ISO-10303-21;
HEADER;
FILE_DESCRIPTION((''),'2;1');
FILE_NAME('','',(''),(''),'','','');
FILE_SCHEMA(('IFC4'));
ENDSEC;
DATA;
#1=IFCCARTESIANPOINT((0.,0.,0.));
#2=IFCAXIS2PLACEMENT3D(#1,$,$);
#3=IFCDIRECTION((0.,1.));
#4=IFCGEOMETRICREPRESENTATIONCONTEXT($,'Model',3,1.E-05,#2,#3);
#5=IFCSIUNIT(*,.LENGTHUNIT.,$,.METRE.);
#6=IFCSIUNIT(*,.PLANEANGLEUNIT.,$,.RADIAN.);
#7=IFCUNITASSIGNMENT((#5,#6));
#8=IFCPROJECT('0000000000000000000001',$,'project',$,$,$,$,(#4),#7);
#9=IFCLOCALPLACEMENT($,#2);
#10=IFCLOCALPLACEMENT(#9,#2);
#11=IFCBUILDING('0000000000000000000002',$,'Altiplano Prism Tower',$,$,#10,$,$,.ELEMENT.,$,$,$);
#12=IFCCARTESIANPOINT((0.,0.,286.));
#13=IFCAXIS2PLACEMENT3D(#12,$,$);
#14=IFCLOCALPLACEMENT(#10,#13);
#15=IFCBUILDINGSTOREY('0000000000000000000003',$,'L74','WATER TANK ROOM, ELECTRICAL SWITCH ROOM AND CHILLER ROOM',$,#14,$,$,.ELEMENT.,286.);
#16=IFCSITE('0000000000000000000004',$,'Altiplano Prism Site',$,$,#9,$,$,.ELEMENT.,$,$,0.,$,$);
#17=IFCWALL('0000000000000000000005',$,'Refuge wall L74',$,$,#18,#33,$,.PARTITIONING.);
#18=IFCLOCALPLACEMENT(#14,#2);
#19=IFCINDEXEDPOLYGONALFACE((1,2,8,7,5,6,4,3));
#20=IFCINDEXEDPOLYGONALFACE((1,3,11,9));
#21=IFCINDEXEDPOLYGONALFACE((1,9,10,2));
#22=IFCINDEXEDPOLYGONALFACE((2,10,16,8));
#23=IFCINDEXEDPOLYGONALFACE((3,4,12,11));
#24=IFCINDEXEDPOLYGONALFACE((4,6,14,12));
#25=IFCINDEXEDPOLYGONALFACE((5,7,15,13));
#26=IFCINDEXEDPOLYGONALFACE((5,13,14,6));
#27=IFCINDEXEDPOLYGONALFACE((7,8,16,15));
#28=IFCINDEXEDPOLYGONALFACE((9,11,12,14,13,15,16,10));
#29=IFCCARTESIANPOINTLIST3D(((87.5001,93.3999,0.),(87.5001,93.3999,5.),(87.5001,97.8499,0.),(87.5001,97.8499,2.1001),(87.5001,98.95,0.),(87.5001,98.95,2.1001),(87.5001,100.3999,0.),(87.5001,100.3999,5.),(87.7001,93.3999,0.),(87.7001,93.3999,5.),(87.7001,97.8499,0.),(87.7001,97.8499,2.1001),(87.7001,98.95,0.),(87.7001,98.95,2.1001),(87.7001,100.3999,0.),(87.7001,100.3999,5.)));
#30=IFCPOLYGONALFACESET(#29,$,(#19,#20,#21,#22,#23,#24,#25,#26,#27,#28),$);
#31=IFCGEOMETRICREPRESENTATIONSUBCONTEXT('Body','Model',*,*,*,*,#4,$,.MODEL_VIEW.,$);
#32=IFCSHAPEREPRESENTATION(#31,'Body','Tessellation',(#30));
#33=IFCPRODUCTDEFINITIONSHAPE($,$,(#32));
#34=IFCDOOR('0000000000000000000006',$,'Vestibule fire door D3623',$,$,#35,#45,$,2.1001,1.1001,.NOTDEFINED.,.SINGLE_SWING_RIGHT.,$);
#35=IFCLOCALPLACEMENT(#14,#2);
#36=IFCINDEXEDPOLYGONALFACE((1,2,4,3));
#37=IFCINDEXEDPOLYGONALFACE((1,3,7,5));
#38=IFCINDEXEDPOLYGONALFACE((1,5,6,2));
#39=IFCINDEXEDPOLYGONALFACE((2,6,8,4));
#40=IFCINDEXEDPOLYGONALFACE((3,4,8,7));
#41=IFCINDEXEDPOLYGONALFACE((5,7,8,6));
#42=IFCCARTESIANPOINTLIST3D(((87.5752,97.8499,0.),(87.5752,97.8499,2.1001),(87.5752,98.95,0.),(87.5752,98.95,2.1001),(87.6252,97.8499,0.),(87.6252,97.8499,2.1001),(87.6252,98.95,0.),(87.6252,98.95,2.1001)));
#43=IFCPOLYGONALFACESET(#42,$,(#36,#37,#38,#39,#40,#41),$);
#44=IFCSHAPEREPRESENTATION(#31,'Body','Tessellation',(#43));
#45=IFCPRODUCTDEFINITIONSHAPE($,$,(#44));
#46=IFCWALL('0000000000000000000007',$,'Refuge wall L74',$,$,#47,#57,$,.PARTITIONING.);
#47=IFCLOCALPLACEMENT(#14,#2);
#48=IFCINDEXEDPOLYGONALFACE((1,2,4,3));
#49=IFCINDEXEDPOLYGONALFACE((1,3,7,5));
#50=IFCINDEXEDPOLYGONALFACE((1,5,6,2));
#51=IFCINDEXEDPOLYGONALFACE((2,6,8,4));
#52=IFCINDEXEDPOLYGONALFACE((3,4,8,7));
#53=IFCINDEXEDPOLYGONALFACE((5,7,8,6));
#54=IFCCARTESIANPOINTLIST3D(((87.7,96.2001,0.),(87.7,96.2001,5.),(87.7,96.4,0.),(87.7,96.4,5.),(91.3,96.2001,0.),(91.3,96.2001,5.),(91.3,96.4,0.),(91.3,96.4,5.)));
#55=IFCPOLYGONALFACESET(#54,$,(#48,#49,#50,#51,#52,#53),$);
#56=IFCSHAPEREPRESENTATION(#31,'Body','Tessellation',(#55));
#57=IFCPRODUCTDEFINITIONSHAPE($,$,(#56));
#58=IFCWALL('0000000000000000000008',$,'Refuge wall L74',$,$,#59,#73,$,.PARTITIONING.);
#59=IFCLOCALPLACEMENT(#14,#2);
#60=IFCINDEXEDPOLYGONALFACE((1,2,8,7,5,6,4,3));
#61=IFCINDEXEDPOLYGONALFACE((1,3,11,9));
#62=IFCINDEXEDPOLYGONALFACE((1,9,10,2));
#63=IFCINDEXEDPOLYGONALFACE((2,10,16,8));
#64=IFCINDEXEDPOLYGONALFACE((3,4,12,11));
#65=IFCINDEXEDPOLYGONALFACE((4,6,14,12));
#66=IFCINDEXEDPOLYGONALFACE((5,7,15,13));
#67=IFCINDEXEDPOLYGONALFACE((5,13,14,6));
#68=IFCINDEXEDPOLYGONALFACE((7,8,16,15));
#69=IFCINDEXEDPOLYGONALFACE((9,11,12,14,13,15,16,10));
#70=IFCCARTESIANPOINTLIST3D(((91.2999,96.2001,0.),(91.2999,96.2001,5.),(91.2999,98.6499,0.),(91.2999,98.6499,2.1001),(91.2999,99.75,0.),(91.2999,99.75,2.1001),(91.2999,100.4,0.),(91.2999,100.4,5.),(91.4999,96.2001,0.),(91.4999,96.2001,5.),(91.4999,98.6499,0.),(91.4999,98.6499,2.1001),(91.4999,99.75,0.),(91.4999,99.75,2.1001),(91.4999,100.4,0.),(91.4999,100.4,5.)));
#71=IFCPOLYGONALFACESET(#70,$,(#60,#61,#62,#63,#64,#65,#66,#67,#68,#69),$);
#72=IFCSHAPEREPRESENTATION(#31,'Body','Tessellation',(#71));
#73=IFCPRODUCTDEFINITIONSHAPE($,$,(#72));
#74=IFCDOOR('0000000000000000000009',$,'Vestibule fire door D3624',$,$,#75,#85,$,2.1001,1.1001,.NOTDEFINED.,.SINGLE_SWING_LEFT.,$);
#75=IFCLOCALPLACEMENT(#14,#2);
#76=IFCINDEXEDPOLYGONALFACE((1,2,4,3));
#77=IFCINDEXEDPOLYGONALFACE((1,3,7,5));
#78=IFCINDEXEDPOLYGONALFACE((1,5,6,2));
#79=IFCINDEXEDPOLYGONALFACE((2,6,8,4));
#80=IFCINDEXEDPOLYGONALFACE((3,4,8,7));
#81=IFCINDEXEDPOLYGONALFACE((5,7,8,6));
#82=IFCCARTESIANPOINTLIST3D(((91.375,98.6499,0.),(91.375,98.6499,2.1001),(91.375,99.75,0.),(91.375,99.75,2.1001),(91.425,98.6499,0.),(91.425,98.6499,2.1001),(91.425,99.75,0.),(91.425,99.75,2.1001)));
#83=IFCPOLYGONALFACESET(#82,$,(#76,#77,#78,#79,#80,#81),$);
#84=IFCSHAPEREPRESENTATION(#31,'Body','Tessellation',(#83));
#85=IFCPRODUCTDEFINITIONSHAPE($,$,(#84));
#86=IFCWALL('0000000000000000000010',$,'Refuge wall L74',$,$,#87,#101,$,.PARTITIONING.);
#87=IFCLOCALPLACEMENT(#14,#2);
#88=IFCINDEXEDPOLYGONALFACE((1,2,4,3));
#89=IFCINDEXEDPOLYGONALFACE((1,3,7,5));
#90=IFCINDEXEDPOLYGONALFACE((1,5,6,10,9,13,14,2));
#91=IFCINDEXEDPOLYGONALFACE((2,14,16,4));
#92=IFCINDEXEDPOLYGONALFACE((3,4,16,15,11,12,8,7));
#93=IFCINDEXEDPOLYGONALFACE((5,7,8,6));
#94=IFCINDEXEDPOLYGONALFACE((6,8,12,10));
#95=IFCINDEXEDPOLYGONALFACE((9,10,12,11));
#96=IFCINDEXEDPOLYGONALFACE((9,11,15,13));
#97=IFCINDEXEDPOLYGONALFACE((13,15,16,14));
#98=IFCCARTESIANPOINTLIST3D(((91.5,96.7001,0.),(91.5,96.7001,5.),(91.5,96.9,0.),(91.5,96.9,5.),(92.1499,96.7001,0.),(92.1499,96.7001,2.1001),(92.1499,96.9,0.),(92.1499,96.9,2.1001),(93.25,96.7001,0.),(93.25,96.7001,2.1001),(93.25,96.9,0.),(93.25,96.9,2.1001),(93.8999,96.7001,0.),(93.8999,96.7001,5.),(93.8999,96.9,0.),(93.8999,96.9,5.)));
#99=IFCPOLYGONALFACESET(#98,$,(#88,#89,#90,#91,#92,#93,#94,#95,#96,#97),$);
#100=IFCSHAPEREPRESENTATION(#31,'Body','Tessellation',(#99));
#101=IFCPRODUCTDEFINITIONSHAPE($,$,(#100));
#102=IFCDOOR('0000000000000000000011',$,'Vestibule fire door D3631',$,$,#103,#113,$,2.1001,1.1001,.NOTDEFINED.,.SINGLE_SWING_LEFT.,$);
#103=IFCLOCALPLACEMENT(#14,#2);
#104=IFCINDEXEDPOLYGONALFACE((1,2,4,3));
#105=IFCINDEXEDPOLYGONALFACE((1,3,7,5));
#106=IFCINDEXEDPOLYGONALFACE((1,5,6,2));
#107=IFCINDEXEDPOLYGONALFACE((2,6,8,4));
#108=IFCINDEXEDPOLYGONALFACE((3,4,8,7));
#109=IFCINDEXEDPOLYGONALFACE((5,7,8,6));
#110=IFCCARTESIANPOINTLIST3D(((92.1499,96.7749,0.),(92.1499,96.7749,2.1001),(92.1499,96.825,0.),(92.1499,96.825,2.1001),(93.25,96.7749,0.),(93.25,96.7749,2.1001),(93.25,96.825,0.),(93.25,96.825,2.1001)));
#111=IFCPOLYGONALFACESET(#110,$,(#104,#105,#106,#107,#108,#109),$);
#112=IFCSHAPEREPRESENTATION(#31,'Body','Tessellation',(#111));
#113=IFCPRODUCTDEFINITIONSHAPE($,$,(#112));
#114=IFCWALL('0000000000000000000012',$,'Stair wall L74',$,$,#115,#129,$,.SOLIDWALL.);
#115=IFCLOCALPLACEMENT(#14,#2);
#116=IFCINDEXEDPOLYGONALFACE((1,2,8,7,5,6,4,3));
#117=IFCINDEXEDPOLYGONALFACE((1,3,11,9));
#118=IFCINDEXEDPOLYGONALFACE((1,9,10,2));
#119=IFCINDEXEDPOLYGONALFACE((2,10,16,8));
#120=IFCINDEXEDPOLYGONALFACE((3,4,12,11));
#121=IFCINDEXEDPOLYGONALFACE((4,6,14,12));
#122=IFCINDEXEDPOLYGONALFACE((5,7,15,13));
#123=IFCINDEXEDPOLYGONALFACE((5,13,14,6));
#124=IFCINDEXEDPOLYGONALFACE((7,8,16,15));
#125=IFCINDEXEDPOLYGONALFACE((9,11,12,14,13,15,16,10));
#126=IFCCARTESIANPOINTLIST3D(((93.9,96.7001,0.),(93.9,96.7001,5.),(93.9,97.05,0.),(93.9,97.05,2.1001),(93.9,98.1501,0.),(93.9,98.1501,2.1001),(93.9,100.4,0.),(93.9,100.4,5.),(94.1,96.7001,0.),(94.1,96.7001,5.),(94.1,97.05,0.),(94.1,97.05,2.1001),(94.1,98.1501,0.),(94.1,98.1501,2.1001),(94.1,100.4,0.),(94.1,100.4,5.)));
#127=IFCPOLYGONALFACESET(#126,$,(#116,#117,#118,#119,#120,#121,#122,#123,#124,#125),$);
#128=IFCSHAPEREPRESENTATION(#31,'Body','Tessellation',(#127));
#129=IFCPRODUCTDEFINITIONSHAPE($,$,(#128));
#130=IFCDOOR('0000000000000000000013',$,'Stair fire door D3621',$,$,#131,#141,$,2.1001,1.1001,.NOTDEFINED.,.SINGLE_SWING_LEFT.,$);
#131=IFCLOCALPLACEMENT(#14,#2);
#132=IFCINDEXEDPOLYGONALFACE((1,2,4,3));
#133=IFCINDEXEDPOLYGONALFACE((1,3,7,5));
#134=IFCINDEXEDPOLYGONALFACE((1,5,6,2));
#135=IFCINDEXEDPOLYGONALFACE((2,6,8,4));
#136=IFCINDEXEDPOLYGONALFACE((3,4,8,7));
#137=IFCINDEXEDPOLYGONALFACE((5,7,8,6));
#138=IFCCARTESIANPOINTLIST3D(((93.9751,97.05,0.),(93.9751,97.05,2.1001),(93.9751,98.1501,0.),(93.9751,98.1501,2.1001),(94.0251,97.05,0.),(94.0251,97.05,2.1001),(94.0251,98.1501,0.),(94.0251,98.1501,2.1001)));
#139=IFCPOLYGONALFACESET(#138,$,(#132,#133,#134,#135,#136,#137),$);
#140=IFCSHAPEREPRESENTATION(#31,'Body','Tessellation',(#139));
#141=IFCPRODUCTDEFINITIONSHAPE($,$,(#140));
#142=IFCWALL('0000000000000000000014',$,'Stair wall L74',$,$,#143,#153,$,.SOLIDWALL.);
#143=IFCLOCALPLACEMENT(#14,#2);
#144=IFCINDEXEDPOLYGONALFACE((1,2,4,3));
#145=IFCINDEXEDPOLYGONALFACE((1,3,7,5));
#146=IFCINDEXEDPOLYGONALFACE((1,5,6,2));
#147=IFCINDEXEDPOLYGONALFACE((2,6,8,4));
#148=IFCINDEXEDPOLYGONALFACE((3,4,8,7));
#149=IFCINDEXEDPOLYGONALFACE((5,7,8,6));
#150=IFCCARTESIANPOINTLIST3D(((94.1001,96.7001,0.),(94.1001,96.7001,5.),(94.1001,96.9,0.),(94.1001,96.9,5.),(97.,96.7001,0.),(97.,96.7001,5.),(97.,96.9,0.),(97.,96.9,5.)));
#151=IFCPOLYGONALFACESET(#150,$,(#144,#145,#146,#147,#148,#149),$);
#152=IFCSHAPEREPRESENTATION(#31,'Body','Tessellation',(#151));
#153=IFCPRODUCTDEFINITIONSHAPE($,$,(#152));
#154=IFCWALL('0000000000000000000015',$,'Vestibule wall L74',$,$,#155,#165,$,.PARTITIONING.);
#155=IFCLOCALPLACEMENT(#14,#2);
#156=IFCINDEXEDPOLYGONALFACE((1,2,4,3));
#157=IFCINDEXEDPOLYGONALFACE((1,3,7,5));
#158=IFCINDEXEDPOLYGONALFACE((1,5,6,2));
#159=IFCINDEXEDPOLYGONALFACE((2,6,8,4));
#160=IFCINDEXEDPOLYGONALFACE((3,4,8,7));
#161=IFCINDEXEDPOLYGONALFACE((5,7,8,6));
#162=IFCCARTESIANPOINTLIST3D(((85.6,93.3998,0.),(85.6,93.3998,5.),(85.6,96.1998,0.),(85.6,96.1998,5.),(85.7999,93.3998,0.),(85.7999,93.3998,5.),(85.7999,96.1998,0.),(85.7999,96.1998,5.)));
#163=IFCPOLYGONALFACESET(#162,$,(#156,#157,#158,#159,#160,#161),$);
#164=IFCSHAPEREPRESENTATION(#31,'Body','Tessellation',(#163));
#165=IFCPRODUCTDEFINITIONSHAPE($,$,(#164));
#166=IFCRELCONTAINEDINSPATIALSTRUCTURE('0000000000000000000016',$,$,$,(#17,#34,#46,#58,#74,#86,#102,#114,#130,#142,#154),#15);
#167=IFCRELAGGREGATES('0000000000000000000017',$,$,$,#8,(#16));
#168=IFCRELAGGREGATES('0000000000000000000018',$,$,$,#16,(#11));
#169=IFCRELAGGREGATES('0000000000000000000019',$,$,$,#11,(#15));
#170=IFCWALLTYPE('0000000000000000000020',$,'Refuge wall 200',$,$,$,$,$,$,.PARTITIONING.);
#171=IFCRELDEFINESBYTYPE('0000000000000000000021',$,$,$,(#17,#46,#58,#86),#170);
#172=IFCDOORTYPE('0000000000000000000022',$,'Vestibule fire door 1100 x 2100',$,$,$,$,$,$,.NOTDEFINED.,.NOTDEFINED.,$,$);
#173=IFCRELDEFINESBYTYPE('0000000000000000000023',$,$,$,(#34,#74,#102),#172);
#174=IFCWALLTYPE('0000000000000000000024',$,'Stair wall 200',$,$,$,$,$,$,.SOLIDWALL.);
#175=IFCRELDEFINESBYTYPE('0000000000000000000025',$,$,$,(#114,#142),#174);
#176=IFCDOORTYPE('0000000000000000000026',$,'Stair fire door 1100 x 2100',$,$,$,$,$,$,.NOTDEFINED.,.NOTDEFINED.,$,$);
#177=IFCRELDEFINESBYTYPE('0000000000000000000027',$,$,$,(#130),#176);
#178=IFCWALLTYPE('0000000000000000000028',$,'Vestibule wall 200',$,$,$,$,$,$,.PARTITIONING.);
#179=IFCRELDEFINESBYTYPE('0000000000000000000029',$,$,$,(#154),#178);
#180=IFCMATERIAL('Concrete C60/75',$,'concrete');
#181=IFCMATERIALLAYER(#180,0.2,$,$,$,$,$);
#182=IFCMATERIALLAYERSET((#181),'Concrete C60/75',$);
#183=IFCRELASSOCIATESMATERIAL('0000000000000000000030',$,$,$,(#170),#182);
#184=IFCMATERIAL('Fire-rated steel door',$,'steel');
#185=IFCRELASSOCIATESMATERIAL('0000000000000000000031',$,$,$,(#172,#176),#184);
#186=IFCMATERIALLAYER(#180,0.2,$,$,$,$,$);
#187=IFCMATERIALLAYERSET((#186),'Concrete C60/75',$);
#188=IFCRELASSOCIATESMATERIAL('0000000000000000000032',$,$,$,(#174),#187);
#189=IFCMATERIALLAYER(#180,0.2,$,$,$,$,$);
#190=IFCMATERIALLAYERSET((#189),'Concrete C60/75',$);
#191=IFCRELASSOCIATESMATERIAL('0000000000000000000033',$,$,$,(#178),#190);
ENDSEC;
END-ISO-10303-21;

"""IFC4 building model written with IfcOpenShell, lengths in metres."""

from ifc_helpers import new_model, si_unit, direction, frame, frame_2d, origin, place, context, subcontext, project, spatial, rectangle, extrude, material, layer, layer_set, type_object, element, fill, save


model = new_model("IFC4")

# Units and contexts
model_context = context("Model", 3, precision=1e-05, world=origin(), true_north=direction((0.0, 1.0)))
body_context = subcontext(model_context, "Body", "Model", "MODEL_VIEW")
ifc_project = project(units=[si_unit("LENGTHUNIT", "METRE"), si_unit("PLANEANGLEUNIT", "RADIAN")], contexts=[model_context])

# Site, building, storey
site_placement = place(None, origin())
site = spatial("IfcSite", under=ifc_project, at=site_placement, Name="Altiplano Prism Site", CompositionType="ELEMENT", RefElevation=0.0)
building_placement = place(site_placement, origin())
building = spatial("IfcBuilding", under=site, at=building_placement, Name="Altiplano Prism Tower", CompositionType="ELEMENT")
storey_placement = place(building_placement, frame((0.0, 0.0, 286.0)))
storey = spatial("IfcBuildingStorey", under=building, at=storey_placement, Name="L74", Description="WATER TANK ROOM, ELECTRICAL SWITCH ROOM AND CHILLER ROOM", CompositionType="ELEMENT", Elevation=286.0)

# Shared definitions
ifc_material_1 = material(Name="Concrete C60/75", Category="concrete")

# Wall, opening, door
ifc_layer_1 = layer(ifc_material_1, 0.2)
ifc_layer_set_1 = layer_set([ifc_layer_1], Name="Concrete C60/75")
wall_type_1 = type_object("IfcWallType", Name="Refuge wall 200", PredefinedType="PARTITIONING", material=ifc_layer_set_1)
wall_1_placement = place(storey_placement, frame((87.6001, 93.3999, 0.0), z_axis=(0.0, 0.0, 1.0), x_axis=(0.0, 1.0, 0.0)))
wall_1 = element("IfcWall", 1, at=wall_1_placement, inside=storey, type_object=wall_type_1, Name="Refuge wall L74", PredefinedType="PARTITIONING", context=body_context, shape_type="SweptSolid", body=[
    extrude(rectangle(XDim=7.0, YDim=0.2, at=frame_2d((3.5, 0.0))), origin(), (0.0, 0.0, 1.0), 5.0),
])
opening_1_placement = place(wall_1_placement, frame((4.45, 0.0, 0.0)))
opening_1 = element("IfcOpeningElement", 2, at=opening_1_placement, cuts=wall_1, PredefinedType="OPENING", context=body_context, shape_type="SweptSolid", body=[
    extrude(rectangle(XDim=1.1001, YDim=2.1001, at=frame_2d((0.55, 1.05))), frame((0.0, 0.1104, 0.0), z_axis=(0.0, -1.0, 0.0), x_axis=(1.0, 0.0, 0.0)), (0.0, 0.0, 1.0), 0.2209),
])
ifc_material_2 = material(Name="Fire-rated steel door", Category="steel")
door_type_1 = type_object("IfcDoorType", Name="Vestibule fire door 1100 x 2100", OperationType="NOTDEFINED", PredefinedType="NOTDEFINED", material=ifc_material_2)
door_1_placement = place(opening_1_placement, origin())
door_1 = element("IfcDoor", 3, at=door_1_placement, inside=storey, type_object=door_type_1, Name="Vestibule fire door D3623", OperationType="SINGLE_SWING_RIGHT", OverallHeight=2.1001, OverallWidth=1.1001, PredefinedType="NOTDEFINED", context=body_context, shape_type="SweptSolid", body=[
    extrude(rectangle(XDim=1.1001, YDim=2.1001, at=frame_2d((0.55, 1.05))), frame((0.0, 0.0249, 0.0), z_axis=(0.0, -1.0, 0.0), x_axis=(1.0, 0.0, 0.0)), (0.0, 0.0, 1.0), 0.05),
])
fill(opening_1, door_1)

# Wall
wall_2_placement = place(storey_placement, frame((87.7, 96.3, 0.0), z_axis=(0.0, 0.0, 1.0), x_axis=(1.0, 0.0, 0.0)))
element("IfcWall", 4, at=wall_2_placement, inside=storey, type_object=wall_type_1, Name="Refuge wall L74", PredefinedType="PARTITIONING", context=body_context, shape_type="SweptSolid", body=[
    extrude(rectangle(XDim=3.6001, YDim=0.2, at=frame_2d((1.8, 0.0))), origin(), (0.0, 0.0, 1.0), 5.0),
])

# Walls, openings, doors
wall_3_placement = place(storey_placement, frame((91.3999, 96.2, 0.0), z_axis=(0.0, 0.0, 1.0), x_axis=(0.0, 1.0, 0.0)))
wall_3 = element("IfcWall", 5, at=wall_3_placement, inside=storey, type_object=wall_type_1, Name="Refuge wall L74", PredefinedType="PARTITIONING", context=body_context, shape_type="SweptSolid", body=[
    extrude(rectangle(XDim=4.2, YDim=0.2, at=frame_2d((2.1001, 0.0))), origin(), (0.0, 0.0, 1.0), 5.0),
])
opening_2_placement = place(wall_3_placement, frame((2.45, 0.0, 0.0)))
opening_2 = element("IfcOpeningElement", 6, at=opening_2_placement, cuts=wall_3, PredefinedType="OPENING", context=body_context, shape_type="SweptSolid", body=[
    extrude(rectangle(XDim=1.1001, YDim=2.1001, at=frame_2d((0.55, 1.05))), frame((0.0, 0.1104, 0.0), z_axis=(0.0, -1.0, 0.0), x_axis=(1.0, 0.0, 0.0)), (0.0, 0.0, 1.0), 0.2209),
])
door_2_placement = place(opening_2_placement, origin())
door_2 = element("IfcDoor", 7, at=door_2_placement, inside=storey, type_object=door_type_1, Name="Vestibule fire door D3624", OperationType="SINGLE_SWING_LEFT", OverallHeight=2.1001, OverallWidth=1.1001, PredefinedType="NOTDEFINED", context=body_context, shape_type="SweptSolid", body=[
    extrude(rectangle(XDim=1.1001, YDim=2.1001, at=frame_2d((0.55, 1.05))), frame((0.0, 0.0249, 0.0), z_axis=(0.0, -1.0, 0.0), x_axis=(1.0, 0.0, 0.0)), (0.0, 0.0, 1.0), 0.05),
])
fill(opening_2, door_2)
wall_4_placement = place(storey_placement, frame((91.5, 96.8, 0.0), z_axis=(0.0, 0.0, 1.0), x_axis=(1.0, 0.0, 0.0)))
wall_4 = element("IfcWall", 8, at=wall_4_placement, inside=storey, type_object=wall_type_1, Name="Refuge wall L74", PredefinedType="PARTITIONING", context=body_context, shape_type="SweptSolid", body=[
    extrude(rectangle(XDim=2.3999, YDim=0.2, at=frame_2d((1.2, 0.0))), origin(), (0.0, 0.0, 1.0), 5.0),
])
opening_3_placement = place(wall_4_placement, frame((0.6499, 0.0, 0.0)))
opening_3 = element("IfcOpeningElement", 9, at=opening_3_placement, cuts=wall_4, PredefinedType="OPENING", context=body_context, shape_type="SweptSolid", body=[
    extrude(rectangle(XDim=1.1001, YDim=2.1001, at=frame_2d((0.55, 1.05))), frame((0.0, 0.1104, 0.0), z_axis=(0.0, -1.0, 0.0), x_axis=(1.0, 0.0, 0.0)), (0.0, 0.0, 1.0), 0.2209),
])
door_3_placement = place(opening_3_placement, origin())
door_3 = element("IfcDoor", 10, at=door_3_placement, inside=storey, type_object=door_type_1, Name="Vestibule fire door D3631", OperationType="SINGLE_SWING_LEFT", OverallHeight=2.1001, OverallWidth=1.1001, PredefinedType="NOTDEFINED", context=body_context, shape_type="SweptSolid", body=[
    extrude(rectangle(XDim=1.1001, YDim=2.1001, at=frame_2d((0.55, 1.05))), frame((0.0, 0.0249, 0.0), z_axis=(0.0, -1.0, 0.0), x_axis=(1.0, 0.0, 0.0)), (0.0, 0.0, 1.0), 0.05),
])
fill(opening_3, door_3)
ifc_layer_2 = layer(ifc_material_1, 0.2)
ifc_layer_set_2 = layer_set([ifc_layer_2], Name="Concrete C60/75")
wall_type_2 = type_object("IfcWallType", Name="Stair wall 200", PredefinedType="SOLIDWALL", material=ifc_layer_set_2)
wall_5_placement = place(storey_placement, frame((94.0, 96.7, 0.0), z_axis=(0.0, 0.0, 1.0), x_axis=(0.0, 1.0, 0.0)))
wall_5 = element("IfcWall", 11, at=wall_5_placement, inside=storey, type_object=wall_type_2, Name="Stair wall L74", PredefinedType="SOLIDWALL", context=body_context, shape_type="SweptSolid", body=[
    extrude(rectangle(XDim=3.7, YDim=0.2, at=frame_2d((1.8501, 0.0))), origin(), (0.0, 0.0, 1.0), 5.0),
])
opening_4_placement = place(wall_5_placement, frame((0.3501, 0.0, 0.0)))
opening_4 = element("IfcOpeningElement", 12, at=opening_4_placement, cuts=wall_5, PredefinedType="OPENING", context=body_context, shape_type="SweptSolid", body=[
    extrude(rectangle(XDim=1.1001, YDim=2.1001, at=frame_2d((0.55, 1.05))), frame((0.0, 0.1104, 0.0), z_axis=(0.0, -1.0, 0.0), x_axis=(1.0, 0.0, 0.0)), (0.0, 0.0, 1.0), 0.2209),
])
door_type_2 = type_object("IfcDoorType", Name="Stair fire door 1100 x 2100", OperationType="NOTDEFINED", PredefinedType="NOTDEFINED", material=ifc_material_2)
door_4_placement = place(opening_4_placement, origin())
door_4 = element("IfcDoor", 13, at=door_4_placement, inside=storey, type_object=door_type_2, Name="Stair fire door D3621", OperationType="SINGLE_SWING_LEFT", OverallHeight=2.1001, OverallWidth=1.1001, PredefinedType="NOTDEFINED", context=body_context, shape_type="SweptSolid", body=[
    extrude(rectangle(XDim=1.1001, YDim=2.1001, at=frame_2d((0.55, 1.05))), frame((0.0, 0.0249, 0.0), z_axis=(0.0, -1.0, 0.0), x_axis=(1.0, 0.0, 0.0)), (0.0, 0.0, 1.0), 0.05),
])
fill(opening_4, door_4)

# Walls
wall_6_placement = place(storey_placement, frame((94.1001, 96.8, 0.0), z_axis=(0.0, 0.0, 1.0), x_axis=(1.0, 0.0, 0.0)))
element("IfcWall", 14, at=wall_6_placement, inside=storey, type_object=wall_type_2, Name="Stair wall L74", PredefinedType="SOLIDWALL", context=body_context, shape_type="SweptSolid", body=[
    extrude(rectangle(XDim=2.8999, YDim=0.2, at=frame_2d((1.45, 0.0))), origin(), (0.0, 0.0, 1.0), 5.0),
])
ifc_layer_3 = layer(ifc_material_1, 0.2)
ifc_layer_set_3 = layer_set([ifc_layer_3], Name="Concrete C60/75")
wall_type_3 = type_object("IfcWallType", Name="Vestibule wall 200", PredefinedType="PARTITIONING", material=ifc_layer_set_3)
wall_7_placement = place(storey_placement, frame((85.7, 93.3999, 0.0), z_axis=(0.0, 0.0, 1.0), x_axis=(0.0, 1.0, 0.0)))
element("IfcWall", 15, at=wall_7_placement, inside=storey, type_object=wall_type_3, Name="Vestibule wall L74", PredefinedType="PARTITIONING", context=body_context, shape_type="SweptSolid", body=[
    extrude(rectangle(XDim=2.8, YDim=0.2, at=frame_2d((1.3999, 0.0))), origin(), (0.0, 0.0, 1.0), 5.0),
])

save(model, "model.ifc")
